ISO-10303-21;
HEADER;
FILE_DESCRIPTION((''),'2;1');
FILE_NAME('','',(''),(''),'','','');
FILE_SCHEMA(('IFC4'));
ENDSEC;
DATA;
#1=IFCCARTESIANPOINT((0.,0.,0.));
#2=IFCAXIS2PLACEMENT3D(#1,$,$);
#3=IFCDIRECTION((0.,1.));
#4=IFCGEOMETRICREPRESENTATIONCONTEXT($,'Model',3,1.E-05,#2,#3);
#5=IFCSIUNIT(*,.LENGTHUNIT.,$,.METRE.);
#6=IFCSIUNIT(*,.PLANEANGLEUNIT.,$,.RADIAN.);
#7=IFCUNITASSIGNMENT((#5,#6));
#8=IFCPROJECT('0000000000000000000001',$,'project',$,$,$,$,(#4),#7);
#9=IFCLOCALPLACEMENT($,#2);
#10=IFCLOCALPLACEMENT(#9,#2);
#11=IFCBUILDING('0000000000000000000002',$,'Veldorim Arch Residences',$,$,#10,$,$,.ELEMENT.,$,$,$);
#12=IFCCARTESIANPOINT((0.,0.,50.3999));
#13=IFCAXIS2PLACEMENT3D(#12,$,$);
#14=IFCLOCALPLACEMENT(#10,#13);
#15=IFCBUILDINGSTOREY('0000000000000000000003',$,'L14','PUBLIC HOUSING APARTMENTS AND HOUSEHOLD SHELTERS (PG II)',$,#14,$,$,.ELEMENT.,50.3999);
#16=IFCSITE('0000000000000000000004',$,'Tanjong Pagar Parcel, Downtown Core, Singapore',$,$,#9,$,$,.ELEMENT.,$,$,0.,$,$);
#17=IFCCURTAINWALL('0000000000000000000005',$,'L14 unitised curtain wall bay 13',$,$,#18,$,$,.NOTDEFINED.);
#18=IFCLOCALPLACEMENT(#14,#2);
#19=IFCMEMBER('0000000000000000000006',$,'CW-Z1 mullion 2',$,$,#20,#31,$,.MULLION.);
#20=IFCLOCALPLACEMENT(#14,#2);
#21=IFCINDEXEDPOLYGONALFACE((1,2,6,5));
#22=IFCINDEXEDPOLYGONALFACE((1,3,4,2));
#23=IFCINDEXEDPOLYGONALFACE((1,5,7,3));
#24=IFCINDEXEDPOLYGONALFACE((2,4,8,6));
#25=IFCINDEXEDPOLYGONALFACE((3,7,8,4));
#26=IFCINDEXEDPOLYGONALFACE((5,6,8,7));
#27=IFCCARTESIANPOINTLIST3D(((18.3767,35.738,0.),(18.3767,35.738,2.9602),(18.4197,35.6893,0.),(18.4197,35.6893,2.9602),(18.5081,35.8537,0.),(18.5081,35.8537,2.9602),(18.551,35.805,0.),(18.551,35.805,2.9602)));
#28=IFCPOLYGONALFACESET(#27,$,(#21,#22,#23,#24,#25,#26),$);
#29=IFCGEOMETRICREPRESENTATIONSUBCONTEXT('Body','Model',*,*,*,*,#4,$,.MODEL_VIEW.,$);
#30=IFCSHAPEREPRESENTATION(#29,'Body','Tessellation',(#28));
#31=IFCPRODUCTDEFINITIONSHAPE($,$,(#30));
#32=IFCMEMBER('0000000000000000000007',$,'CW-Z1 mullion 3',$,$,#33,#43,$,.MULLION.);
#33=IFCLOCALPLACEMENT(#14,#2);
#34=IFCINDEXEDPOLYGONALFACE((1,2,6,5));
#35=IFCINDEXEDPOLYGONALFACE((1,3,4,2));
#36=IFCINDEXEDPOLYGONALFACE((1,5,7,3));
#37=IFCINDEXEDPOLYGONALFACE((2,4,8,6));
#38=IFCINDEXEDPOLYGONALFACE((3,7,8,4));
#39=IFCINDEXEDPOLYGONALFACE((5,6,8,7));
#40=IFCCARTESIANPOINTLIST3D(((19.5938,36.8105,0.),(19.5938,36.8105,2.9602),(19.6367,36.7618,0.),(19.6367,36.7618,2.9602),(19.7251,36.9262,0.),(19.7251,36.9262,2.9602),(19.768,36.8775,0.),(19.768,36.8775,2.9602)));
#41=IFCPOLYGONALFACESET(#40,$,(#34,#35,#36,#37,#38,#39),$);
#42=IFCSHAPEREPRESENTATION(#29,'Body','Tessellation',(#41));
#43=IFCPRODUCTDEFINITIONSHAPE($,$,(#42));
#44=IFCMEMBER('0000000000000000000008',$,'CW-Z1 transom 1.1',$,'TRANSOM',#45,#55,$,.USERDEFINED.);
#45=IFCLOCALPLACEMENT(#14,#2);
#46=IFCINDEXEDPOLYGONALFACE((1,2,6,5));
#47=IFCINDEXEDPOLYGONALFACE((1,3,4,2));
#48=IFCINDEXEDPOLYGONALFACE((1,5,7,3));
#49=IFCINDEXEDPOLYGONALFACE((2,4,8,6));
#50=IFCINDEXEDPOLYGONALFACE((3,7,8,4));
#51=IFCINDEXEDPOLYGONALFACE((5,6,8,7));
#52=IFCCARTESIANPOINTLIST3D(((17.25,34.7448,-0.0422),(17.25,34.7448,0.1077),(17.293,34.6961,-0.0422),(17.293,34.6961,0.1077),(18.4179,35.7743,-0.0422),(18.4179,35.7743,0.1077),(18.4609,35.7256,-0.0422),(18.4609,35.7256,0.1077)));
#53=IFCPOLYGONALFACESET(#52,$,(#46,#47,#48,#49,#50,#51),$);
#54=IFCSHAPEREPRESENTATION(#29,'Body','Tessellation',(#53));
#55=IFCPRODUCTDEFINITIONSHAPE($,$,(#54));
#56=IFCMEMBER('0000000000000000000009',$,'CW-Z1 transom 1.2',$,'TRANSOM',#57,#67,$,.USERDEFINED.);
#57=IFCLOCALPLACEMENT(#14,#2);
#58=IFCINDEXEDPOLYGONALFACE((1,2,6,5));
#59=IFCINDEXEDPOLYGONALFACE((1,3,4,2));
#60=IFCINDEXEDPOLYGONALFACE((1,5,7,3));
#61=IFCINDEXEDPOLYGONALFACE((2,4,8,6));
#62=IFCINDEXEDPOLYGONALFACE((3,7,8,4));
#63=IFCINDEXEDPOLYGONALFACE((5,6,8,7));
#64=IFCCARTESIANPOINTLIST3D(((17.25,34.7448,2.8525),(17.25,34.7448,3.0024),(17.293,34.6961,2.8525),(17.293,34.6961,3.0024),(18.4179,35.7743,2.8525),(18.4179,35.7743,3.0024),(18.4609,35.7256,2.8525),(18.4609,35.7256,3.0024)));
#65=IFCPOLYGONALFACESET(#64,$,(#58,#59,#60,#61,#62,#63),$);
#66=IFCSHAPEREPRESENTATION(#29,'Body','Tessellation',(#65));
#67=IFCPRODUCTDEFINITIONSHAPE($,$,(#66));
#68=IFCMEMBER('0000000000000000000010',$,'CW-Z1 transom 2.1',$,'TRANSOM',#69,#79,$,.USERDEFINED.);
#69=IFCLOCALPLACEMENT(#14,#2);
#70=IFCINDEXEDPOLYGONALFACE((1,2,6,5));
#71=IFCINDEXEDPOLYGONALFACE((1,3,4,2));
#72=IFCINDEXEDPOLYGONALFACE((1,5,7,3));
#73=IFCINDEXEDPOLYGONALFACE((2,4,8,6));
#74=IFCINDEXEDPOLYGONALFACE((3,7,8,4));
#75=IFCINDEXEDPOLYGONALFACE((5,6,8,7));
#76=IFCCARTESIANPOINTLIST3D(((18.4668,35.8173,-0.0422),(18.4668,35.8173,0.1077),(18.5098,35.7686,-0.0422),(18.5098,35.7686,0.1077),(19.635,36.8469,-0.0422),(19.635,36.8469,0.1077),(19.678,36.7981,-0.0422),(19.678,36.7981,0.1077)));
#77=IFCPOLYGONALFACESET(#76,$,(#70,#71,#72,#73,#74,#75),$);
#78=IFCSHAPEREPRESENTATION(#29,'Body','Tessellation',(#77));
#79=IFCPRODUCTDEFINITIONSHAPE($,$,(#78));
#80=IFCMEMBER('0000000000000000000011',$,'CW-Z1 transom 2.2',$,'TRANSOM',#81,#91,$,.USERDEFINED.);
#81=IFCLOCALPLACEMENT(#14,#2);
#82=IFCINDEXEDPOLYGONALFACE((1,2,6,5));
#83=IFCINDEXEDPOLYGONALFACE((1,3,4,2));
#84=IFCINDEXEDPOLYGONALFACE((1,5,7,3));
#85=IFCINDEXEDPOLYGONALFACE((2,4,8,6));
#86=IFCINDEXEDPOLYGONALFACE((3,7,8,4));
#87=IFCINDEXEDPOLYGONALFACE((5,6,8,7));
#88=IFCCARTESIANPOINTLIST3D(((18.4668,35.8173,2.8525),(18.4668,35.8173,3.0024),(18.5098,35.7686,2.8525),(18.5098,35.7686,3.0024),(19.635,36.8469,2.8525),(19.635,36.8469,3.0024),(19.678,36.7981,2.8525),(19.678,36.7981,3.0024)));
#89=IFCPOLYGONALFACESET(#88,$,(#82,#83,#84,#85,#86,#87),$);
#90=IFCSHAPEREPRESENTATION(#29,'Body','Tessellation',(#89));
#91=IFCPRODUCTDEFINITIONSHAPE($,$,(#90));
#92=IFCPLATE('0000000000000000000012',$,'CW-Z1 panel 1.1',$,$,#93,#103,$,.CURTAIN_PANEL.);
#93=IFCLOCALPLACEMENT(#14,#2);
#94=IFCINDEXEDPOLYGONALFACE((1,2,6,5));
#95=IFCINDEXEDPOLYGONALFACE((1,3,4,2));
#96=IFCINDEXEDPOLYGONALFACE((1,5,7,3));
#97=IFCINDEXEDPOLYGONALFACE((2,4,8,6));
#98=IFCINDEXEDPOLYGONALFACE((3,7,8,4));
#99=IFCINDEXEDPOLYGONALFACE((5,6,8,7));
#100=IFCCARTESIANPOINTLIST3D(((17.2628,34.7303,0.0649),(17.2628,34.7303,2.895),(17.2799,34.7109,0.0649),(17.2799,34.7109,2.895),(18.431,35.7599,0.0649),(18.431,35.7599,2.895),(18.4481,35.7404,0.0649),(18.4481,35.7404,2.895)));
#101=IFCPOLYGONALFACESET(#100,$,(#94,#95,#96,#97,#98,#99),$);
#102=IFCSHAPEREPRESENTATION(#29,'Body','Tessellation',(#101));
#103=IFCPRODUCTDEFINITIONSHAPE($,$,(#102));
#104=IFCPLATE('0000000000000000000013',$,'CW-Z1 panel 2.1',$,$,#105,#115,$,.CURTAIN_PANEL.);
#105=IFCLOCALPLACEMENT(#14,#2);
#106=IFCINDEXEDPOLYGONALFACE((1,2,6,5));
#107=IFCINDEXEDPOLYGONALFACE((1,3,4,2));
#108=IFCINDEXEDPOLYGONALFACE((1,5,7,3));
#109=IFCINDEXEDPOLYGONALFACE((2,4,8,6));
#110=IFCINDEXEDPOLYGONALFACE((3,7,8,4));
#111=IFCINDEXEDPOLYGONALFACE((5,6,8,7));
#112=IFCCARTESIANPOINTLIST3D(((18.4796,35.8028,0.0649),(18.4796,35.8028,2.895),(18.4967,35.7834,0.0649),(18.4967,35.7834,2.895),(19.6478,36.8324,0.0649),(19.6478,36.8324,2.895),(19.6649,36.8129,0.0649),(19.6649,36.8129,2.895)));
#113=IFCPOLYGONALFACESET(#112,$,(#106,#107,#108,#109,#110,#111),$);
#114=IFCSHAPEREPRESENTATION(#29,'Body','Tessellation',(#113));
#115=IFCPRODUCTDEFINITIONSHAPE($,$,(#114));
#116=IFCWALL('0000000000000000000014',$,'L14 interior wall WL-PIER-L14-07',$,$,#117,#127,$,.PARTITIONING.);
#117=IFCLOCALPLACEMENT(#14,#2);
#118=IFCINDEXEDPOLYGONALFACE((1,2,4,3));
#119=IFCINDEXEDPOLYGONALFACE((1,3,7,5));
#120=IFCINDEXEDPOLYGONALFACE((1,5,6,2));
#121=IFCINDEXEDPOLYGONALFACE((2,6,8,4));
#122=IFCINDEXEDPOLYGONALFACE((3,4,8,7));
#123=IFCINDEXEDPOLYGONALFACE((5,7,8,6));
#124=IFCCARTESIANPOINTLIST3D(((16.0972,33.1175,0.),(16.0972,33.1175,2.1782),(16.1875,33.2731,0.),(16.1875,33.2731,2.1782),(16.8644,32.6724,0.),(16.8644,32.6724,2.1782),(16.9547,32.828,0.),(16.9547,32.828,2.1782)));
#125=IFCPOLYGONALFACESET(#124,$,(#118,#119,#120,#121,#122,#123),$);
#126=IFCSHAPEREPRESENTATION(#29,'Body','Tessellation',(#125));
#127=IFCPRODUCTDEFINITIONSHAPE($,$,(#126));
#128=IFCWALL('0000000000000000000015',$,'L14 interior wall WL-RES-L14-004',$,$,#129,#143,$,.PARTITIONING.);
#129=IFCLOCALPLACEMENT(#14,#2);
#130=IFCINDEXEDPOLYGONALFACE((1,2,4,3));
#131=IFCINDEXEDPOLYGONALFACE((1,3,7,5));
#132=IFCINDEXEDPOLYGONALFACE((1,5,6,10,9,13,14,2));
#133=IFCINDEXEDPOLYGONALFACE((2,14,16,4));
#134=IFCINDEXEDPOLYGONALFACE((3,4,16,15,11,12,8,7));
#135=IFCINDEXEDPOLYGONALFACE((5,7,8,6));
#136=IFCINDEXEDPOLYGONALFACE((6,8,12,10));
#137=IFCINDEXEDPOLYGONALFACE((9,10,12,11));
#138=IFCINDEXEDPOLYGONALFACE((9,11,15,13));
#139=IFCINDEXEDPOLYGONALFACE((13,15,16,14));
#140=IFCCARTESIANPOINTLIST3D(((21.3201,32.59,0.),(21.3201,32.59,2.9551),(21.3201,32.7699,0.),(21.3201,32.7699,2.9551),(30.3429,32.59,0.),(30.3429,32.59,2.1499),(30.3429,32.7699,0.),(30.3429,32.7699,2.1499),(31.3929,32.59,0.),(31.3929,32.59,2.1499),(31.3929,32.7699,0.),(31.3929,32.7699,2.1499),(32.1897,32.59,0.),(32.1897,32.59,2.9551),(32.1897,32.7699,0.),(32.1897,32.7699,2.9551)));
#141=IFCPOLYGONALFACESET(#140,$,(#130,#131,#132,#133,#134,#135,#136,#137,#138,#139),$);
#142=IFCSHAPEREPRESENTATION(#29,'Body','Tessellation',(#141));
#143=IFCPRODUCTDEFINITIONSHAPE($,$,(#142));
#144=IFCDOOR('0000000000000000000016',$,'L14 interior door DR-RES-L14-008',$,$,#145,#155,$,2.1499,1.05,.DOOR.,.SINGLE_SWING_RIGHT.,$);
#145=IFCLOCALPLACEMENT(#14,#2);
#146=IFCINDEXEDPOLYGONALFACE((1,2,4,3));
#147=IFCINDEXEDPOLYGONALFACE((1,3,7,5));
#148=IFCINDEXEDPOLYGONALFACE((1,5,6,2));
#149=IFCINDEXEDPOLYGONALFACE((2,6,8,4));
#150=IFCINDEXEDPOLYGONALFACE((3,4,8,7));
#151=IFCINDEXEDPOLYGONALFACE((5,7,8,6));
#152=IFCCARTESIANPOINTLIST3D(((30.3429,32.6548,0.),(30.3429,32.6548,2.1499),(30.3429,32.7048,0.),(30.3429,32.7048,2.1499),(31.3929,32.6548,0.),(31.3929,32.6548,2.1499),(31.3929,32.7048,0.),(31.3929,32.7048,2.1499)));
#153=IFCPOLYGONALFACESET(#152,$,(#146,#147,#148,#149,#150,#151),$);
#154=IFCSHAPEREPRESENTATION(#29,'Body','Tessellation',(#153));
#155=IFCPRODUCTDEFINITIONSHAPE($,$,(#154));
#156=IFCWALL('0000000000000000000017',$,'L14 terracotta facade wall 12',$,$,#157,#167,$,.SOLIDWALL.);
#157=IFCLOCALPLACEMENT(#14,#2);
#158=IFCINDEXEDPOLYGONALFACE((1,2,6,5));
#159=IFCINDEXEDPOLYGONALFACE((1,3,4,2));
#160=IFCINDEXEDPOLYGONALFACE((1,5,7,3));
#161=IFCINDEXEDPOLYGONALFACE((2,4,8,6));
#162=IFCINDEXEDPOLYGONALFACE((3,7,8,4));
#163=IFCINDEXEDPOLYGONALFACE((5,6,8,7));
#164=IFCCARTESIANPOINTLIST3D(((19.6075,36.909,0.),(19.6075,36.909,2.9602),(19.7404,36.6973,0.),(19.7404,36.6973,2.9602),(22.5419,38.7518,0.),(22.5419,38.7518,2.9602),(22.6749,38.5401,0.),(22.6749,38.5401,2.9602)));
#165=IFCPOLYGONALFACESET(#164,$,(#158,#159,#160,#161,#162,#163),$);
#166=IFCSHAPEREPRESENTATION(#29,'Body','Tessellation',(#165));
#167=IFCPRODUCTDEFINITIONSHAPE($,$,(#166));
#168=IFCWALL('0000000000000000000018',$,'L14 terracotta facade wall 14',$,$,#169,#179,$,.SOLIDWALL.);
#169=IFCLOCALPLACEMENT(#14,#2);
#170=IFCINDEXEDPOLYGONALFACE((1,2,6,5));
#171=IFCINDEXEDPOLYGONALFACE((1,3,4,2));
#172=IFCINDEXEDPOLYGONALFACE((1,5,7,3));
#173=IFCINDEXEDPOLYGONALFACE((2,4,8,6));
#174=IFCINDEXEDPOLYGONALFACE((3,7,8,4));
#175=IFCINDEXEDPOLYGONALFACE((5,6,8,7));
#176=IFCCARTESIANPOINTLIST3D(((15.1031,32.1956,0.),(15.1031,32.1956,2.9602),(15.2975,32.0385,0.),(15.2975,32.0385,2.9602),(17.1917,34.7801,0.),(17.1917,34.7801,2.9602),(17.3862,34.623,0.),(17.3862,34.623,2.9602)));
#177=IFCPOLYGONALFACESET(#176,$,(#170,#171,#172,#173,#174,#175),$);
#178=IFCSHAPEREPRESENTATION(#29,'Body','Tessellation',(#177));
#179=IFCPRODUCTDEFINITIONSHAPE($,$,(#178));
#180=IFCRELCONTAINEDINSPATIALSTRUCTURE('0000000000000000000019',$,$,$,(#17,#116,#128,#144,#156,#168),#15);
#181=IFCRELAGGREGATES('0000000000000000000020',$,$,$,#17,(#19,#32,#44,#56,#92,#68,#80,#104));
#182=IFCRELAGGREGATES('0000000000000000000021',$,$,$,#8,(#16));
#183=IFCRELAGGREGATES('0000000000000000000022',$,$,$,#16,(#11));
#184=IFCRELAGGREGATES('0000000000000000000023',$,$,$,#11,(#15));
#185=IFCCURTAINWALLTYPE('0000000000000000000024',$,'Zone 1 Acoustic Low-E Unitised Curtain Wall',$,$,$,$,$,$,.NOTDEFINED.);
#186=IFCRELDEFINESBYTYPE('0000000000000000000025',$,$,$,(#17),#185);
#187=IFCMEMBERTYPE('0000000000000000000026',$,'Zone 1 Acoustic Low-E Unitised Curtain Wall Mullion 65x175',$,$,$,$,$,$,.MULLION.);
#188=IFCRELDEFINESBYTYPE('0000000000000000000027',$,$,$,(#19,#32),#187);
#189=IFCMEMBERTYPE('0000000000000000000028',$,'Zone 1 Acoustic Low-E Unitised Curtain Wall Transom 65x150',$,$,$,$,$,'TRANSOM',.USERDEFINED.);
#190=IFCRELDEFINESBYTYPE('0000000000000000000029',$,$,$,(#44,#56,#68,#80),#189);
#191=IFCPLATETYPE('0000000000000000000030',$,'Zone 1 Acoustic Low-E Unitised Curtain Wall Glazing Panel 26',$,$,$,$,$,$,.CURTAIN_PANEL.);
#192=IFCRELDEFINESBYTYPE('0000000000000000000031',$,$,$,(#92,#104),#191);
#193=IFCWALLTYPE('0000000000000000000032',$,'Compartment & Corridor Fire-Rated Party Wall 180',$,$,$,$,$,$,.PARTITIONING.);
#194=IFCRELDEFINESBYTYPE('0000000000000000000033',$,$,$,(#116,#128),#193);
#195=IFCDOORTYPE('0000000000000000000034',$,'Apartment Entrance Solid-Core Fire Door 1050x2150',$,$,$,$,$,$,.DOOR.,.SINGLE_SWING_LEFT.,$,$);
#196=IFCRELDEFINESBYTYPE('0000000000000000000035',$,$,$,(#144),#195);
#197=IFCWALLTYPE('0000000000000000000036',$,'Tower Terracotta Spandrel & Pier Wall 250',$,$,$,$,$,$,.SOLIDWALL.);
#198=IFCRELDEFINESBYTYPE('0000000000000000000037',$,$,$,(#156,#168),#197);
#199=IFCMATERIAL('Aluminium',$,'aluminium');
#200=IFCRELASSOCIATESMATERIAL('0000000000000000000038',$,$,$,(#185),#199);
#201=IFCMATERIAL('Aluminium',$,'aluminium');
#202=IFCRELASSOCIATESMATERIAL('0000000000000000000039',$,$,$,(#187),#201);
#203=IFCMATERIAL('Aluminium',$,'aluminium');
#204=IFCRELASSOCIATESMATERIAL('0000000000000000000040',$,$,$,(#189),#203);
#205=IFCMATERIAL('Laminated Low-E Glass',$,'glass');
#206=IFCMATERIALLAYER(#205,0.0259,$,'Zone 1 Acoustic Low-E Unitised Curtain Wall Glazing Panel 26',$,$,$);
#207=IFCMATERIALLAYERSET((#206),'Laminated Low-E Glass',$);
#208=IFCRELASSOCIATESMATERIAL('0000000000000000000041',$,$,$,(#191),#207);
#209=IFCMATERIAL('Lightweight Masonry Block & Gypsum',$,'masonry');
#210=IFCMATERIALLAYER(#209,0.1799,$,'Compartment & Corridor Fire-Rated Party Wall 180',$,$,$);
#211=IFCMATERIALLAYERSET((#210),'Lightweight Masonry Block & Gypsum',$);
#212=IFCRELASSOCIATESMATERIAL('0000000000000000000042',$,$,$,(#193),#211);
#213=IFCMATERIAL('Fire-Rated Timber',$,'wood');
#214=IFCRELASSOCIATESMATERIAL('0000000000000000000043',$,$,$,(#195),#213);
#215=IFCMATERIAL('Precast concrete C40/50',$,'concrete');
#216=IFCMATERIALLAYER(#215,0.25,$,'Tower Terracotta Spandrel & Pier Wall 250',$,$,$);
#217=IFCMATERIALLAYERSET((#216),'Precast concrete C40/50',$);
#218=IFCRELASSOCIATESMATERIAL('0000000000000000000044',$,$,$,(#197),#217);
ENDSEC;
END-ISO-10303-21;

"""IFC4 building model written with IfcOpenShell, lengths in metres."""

from ifc_helpers import new_model, si_unit, direction, frame, frame_2d, origin, origin_2d, place, context, subcontext, project, spatial, rectangle, extrude, material, layer, layer_set, material_profile, profile_set, type_object, element, fill, aggregate, save


model = new_model("IFC4")

# Units and contexts
model_context = context("Model", 3, precision=1e-05, world=origin(), true_north=direction((0.0, 1.0)))
body_context = subcontext(model_context, "Body", "Model", "MODEL_VIEW")
ifc_project = project(units=[si_unit("LENGTHUNIT", "METRE"), si_unit("PLANEANGLEUNIT", "RADIAN")], contexts=[model_context])

# Site, building, storey
site_placement = place(None, origin())
site = spatial("IfcSite", under=ifc_project, at=site_placement, Name="Tanjong Pagar Parcel, Downtown Core, Singapore", CompositionType="ELEMENT", RefElevation=0.0)
building_placement = place(site_placement, origin())
building = spatial("IfcBuilding", under=site, at=building_placement, Name="Veldorim Arch Residences", CompositionType="ELEMENT")
storey_placement = place(building_placement, frame((0.0, 0.0, 50.3999)))
storey = spatial("IfcBuildingStorey", under=building, at=storey_placement, Name="L14", Description="PUBLIC HOUSING APARTMENTS AND HOUSEHOLD SHELTERS (PG II)", CompositionType="ELEMENT", Elevation=50.3999)

# Curtain wall, members, plates
ifc_material_1 = material(Name="Aluminium", Category="aluminium")
curtain_wall_type = type_object("IfcCurtainWallType", Name="Zone 1 Acoustic Low-E Unitised Curtain Wall", PredefinedType="NOTDEFINED", material=ifc_material_1)
curtain_wall_placement = place(storey_placement, origin())
curtain_wall = element("IfcCurtainWall", 1, at=curtain_wall_placement, inside=storey, type_object=curtain_wall_type, Name="L14 unitised curtain wall bay 13", PredefinedType="NOTDEFINED")
ifc_material_2 = material(Name="Aluminium", Category="aluminium")
ifc_material_profile_1 = material_profile(ifc_material_2, rectangle(XDim=0.0649, YDim=0.175, at=origin_2d()), Name="ALU_MUL_65x175")
ifc_profile_set_1 = profile_set([ifc_material_profile_1], Name="Aluminium")
member_type_1 = type_object("IfcMemberType", Name="Zone 1 Acoustic Low-E Unitised Curtain Wall Mullion 65x175", PredefinedType="MULLION", material=ifc_profile_set_1)
member_1_placement = place(storey_placement, frame((18.4639, 35.7715, 0.0), z_axis=(0.0, 0.0, 1.0), x_axis=(-0.661207, 0.750204, 0.0)))
member_1 = element("IfcMember", 2, at=member_1_placement, type_object=member_type_1, Name="CW-Z1 mullion 2", PredefinedType="MULLION", context=body_context, shape_type="SweptSolid", body=[
    extrude(rectangle(XDim=0.0649, YDim=0.175, at=origin_2d()), origin(), (0.0, 0.0, 1.0), 2.9602),
])
member_2_placement = place(storey_placement, frame((19.6809, 36.844, 0.0), z_axis=(0.0, 0.0, 1.0), x_axis=(-0.661207, 0.750204, 0.0)))
member_2 = element("IfcMember", 3, at=member_2_placement, type_object=member_type_1, Name="CW-Z1 mullion 3", PredefinedType="MULLION", context=body_context, shape_type="SweptSolid", body=[
    extrude(rectangle(XDim=0.0649, YDim=0.175, at=origin_2d()), origin(), (0.0, 0.0, 1.0), 2.9602),
])
ifc_material_3 = material(Name="Aluminium", Category="aluminium")
ifc_material_profile_2 = material_profile(ifc_material_3, rectangle(XDim=0.0649, YDim=0.1499, at=origin_2d()), Name="ALU_TRN_65x150")
ifc_profile_set_2 = profile_set([ifc_material_profile_2], Name="Aluminium")
member_type_2 = type_object("IfcMemberType", Name="Zone 1 Acoustic Low-E Unitised Curtain Wall Transom 65x150", ElementType="TRANSOM", PredefinedType="USERDEFINED", material=ifc_profile_set_2)
member_3_placement = place(storey_placement, frame((17.2715, 34.7205, 0.0327), z_axis=(0.750163, 0.661253, 0.0), x_axis=(-0.661253, 0.750163, 0.0)))
member_3 = element("IfcMember", 4, at=member_3_placement, type_object=member_type_2, Name="CW-Z1 transom 1.1", ObjectType="TRANSOM", PredefinedType="USERDEFINED", context=body_context, shape_type="SweptSolid", body=[
    extrude(rectangle(XDim=0.0649, YDim=0.1499, at=origin_2d()), origin(), (0.0, 0.0, 1.0), 1.5569),
])
member_4_placement = place(storey_placement, frame((17.2715, 34.7205, 2.9275), z_axis=(0.750163, 0.661253, 0.0), x_axis=(-0.661253, 0.750163, 0.0)))
member_4 = element("IfcMember", 5, at=member_4_placement, type_object=member_type_2, Name="CW-Z1 transom 1.2", ObjectType="TRANSOM", PredefinedType="USERDEFINED", context=body_context, shape_type="SweptSolid", body=[
    extrude(rectangle(XDim=0.0649, YDim=0.1499, at=origin_2d()), origin(), (0.0, 0.0, 1.0), 1.5569),
])
member_5_placement = place(storey_placement, frame((18.4883, 35.793, 0.0327), z_axis=(0.750231, 0.661176, 0.0), x_axis=(-0.661176, 0.750231, 0.0)))
member_5 = element("IfcMember", 6, at=member_5_placement, type_object=member_type_2, Name="CW-Z1 transom 2.1", ObjectType="TRANSOM", PredefinedType="USERDEFINED", context=body_context, shape_type="SweptSolid", body=[
    extrude(rectangle(XDim=0.0649, YDim=0.1499, at=origin_2d()), origin(), (0.0, 0.0, 1.0), 1.5571),
])
member_6_placement = place(storey_placement, frame((18.4883, 35.793, 2.9275), z_axis=(0.750231, 0.661176, 0.0), x_axis=(-0.661176, 0.750231, 0.0)))
member_6 = element("IfcMember", 7, at=member_6_placement, type_object=member_type_2, Name="CW-Z1 transom 2.2", ObjectType="TRANSOM", PredefinedType="USERDEFINED", context=body_context, shape_type="SweptSolid", body=[
    extrude(rectangle(XDim=0.0649, YDim=0.1499, at=origin_2d()), origin(), (0.0, 0.0, 1.0), 1.5571),
])
ifc_material_4 = material(Name="Laminated Low-E Glass", Category="glass")
ifc_layer_1 = layer(ifc_material_4, 0.0259, Name="Zone 1 Acoustic Low-E Unitised Curtain Wall Glazing Panel 26")
ifc_layer_set_1 = layer_set([ifc_layer_1], Name="Laminated Low-E Glass")
plate_type = type_object("IfcPlateType", Name="Zone 1 Acoustic Low-E Unitised Curtain Wall Glazing Panel 26", PredefinedType="CURTAIN_PANEL", material=ifc_layer_set_1)
plate_1_placement = place(storey_placement, frame((17.8555, 35.2354, 0.0649), z_axis=(0.0, 0.0, 1.0), x_axis=(0.750204, 0.661207, 0.0)))
plate_1 = element("IfcPlate", 8, at=plate_1_placement, type_object=plate_type, Name="CW-Z1 panel 1.1", PredefinedType="CURTAIN_PANEL", context=body_context, shape_type="SweptSolid", body=[
    extrude(rectangle(XDim=1.5571, YDim=0.0259, at=origin_2d()), origin(), (0.0, 0.0, 1.0), 2.8301),
])
plate_2_placement = place(storey_placement, frame((19.0723, 36.3079, 0.0649), z_axis=(0.0, 0.0, 1.0), x_axis=(0.750204, 0.661207, 0.0)))
plate_2 = element("IfcPlate", 9, at=plate_2_placement, type_object=plate_type, Name="CW-Z1 panel 2.1", PredefinedType="CURTAIN_PANEL", context=body_context, shape_type="SweptSolid", body=[
    extrude(rectangle(XDim=1.5571, YDim=0.0259, at=origin_2d()), origin(), (0.0, 0.0, 1.0), 2.8301),
])
aggregate(curtain_wall, [member_1, member_2, member_3, member_4, plate_1, member_5, member_6, plate_2])

# Wall
ifc_material_5 = material(Name="Lightweight Masonry Block & Gypsum", Category="masonry")
ifc_layer_2 = layer(ifc_material_5, 0.1799, Name="Compartment & Corridor Fire-Rated Party Wall 180")
ifc_layer_set_2 = layer_set([ifc_layer_2], Name="Lightweight Masonry Block & Gypsum")
wall_type_1 = type_object("IfcWallType", Name="Compartment & Corridor Fire-Rated Party Wall 180", PredefinedType="PARTITIONING", material=ifc_layer_set_2)
wall_1_placement = place(storey_placement, frame((16.9094, 32.7502, 0.0), z_axis=(0.0, 0.0, 1.0), x_axis=(-0.864955, 0.50185, 0.0)))
element("IfcWall", 10, at=wall_1_placement, inside=storey, type_object=wall_type_1, Name="L14 interior wall WL-PIER-L14-07", PredefinedType="PARTITIONING", context=body_context, shape_type="SweptSolid", body=[
    extrude(rectangle(XDim=0.887, YDim=0.1799, at=frame_2d((0.4434, 0.0))), origin(), (0.0, 0.0, 1.0), 2.1782),
])

# Wall, opening, door
wall_2_placement = place(storey_placement, frame((21.3201, 32.6799, 0.0), z_axis=(0.0, 0.0, 1.0), x_axis=(1.0, 0.0, 0.0)))
wall_2 = element("IfcWall", 11, at=wall_2_placement, inside=storey, type_object=wall_type_1, Name="L14 interior wall WL-RES-L14-004", PredefinedType="PARTITIONING", context=body_context, shape_type="SweptSolid", body=[
    extrude(rectangle(XDim=10.8696, YDim=0.1799, at=frame_2d((5.4348, 0.0))), origin(), (0.0, 0.0, 1.0), 2.9551),
])
opening_placement = place(wall_2_placement, frame((9.0229, 0.0, 0.0)))
opening = element("IfcOpeningElement", 12, at=opening_placement, cuts=wall_2, PredefinedType="OPENING", context=body_context, shape_type="SweptSolid", body=[
    extrude(rectangle(XDim=1.05, YDim=2.1499, at=frame_2d((0.5249, 1.075))), frame((0.0, 0.0999, 0.0), z_axis=(0.0, -1.0, 0.0), x_axis=(1.0, 0.0, 0.0)), (0.0, 0.0, 1.0), 0.2),
])
ifc_material_6 = material(Name="Fire-Rated Timber", Category="wood")
door_type = type_object("IfcDoorType", Name="Apartment Entrance Solid-Core Fire Door 1050x2150", OperationType="SINGLE_SWING_LEFT", PredefinedType="DOOR", material=ifc_material_6)
door_placement = place(opening_placement, origin())
door = element("IfcDoor", 13, at=door_placement, inside=storey, type_object=door_type, Name="L14 interior door DR-RES-L14-008", OperationType="SINGLE_SWING_RIGHT", OverallHeight=2.1499, OverallWidth=1.05, PredefinedType="DOOR", context=body_context, shape_type="SweptSolid", body=[
    extrude(rectangle(XDim=1.05, YDim=2.1499, at=frame_2d((0.5249, 1.075))), frame((0.0, 0.0249, 0.0), z_axis=(0.0, -1.0, 0.0), x_axis=(1.0, 0.0, 0.0)), (0.0, 0.0, 1.0), 0.05),
])
fill(opening, door)

# Walls
ifc_material_7 = material(Name="Precast concrete C40/50", Category="concrete")
ifc_layer_3 = layer(ifc_material_7, 0.25, Name="Tower Terracotta Spandrel & Pier Wall 250")
ifc_layer_set_3 = layer_set([ifc_layer_3], Name="Precast concrete C40/50")
wall_type_2 = type_object("IfcWallType", Name="Tower Terracotta Spandrel & Pier Wall 250", PredefinedType="SOLIDWALL", material=ifc_layer_set_3)
wall_3_placement = place(storey_placement, frame((19.6741, 36.8032, 0.0), z_axis=(0.0, 0.0, 1.0), x_axis=(0.846852, 0.531828, 0.0)))
element("IfcWall", 14, at=wall_3_placement, inside=storey, type_object=wall_type_2, Name="L14 terracotta facade wall 12", PredefinedType="SOLIDWALL", context=body_context, shape_type="SweptSolid", body=[
    extrude(rectangle(XDim=3.4651, YDim=0.25, at=frame_2d((1.7324, 0.0))), origin(), (0.0, 0.0, 1.0), 2.9602),
])
wall_4_placement = place(storey_placement, frame((15.2002, 32.1169, 0.0), z_axis=(0.0, 0.0, 1.0), x_axis=(0.628549, 0.77777, 0.0)))
element("IfcWall", 15, at=wall_4_placement, inside=storey, type_object=wall_type_2, Name="L14 terracotta facade wall 14", PredefinedType="SOLIDWALL", context=body_context, shape_type="SweptSolid", body=[
    extrude(rectangle(XDim=3.323, YDim=0.25, at=frame_2d((1.6616, 0.0))), origin(), (0.0, 0.0, 1.0), 2.9602),
])

save(model, "model.ifc")
